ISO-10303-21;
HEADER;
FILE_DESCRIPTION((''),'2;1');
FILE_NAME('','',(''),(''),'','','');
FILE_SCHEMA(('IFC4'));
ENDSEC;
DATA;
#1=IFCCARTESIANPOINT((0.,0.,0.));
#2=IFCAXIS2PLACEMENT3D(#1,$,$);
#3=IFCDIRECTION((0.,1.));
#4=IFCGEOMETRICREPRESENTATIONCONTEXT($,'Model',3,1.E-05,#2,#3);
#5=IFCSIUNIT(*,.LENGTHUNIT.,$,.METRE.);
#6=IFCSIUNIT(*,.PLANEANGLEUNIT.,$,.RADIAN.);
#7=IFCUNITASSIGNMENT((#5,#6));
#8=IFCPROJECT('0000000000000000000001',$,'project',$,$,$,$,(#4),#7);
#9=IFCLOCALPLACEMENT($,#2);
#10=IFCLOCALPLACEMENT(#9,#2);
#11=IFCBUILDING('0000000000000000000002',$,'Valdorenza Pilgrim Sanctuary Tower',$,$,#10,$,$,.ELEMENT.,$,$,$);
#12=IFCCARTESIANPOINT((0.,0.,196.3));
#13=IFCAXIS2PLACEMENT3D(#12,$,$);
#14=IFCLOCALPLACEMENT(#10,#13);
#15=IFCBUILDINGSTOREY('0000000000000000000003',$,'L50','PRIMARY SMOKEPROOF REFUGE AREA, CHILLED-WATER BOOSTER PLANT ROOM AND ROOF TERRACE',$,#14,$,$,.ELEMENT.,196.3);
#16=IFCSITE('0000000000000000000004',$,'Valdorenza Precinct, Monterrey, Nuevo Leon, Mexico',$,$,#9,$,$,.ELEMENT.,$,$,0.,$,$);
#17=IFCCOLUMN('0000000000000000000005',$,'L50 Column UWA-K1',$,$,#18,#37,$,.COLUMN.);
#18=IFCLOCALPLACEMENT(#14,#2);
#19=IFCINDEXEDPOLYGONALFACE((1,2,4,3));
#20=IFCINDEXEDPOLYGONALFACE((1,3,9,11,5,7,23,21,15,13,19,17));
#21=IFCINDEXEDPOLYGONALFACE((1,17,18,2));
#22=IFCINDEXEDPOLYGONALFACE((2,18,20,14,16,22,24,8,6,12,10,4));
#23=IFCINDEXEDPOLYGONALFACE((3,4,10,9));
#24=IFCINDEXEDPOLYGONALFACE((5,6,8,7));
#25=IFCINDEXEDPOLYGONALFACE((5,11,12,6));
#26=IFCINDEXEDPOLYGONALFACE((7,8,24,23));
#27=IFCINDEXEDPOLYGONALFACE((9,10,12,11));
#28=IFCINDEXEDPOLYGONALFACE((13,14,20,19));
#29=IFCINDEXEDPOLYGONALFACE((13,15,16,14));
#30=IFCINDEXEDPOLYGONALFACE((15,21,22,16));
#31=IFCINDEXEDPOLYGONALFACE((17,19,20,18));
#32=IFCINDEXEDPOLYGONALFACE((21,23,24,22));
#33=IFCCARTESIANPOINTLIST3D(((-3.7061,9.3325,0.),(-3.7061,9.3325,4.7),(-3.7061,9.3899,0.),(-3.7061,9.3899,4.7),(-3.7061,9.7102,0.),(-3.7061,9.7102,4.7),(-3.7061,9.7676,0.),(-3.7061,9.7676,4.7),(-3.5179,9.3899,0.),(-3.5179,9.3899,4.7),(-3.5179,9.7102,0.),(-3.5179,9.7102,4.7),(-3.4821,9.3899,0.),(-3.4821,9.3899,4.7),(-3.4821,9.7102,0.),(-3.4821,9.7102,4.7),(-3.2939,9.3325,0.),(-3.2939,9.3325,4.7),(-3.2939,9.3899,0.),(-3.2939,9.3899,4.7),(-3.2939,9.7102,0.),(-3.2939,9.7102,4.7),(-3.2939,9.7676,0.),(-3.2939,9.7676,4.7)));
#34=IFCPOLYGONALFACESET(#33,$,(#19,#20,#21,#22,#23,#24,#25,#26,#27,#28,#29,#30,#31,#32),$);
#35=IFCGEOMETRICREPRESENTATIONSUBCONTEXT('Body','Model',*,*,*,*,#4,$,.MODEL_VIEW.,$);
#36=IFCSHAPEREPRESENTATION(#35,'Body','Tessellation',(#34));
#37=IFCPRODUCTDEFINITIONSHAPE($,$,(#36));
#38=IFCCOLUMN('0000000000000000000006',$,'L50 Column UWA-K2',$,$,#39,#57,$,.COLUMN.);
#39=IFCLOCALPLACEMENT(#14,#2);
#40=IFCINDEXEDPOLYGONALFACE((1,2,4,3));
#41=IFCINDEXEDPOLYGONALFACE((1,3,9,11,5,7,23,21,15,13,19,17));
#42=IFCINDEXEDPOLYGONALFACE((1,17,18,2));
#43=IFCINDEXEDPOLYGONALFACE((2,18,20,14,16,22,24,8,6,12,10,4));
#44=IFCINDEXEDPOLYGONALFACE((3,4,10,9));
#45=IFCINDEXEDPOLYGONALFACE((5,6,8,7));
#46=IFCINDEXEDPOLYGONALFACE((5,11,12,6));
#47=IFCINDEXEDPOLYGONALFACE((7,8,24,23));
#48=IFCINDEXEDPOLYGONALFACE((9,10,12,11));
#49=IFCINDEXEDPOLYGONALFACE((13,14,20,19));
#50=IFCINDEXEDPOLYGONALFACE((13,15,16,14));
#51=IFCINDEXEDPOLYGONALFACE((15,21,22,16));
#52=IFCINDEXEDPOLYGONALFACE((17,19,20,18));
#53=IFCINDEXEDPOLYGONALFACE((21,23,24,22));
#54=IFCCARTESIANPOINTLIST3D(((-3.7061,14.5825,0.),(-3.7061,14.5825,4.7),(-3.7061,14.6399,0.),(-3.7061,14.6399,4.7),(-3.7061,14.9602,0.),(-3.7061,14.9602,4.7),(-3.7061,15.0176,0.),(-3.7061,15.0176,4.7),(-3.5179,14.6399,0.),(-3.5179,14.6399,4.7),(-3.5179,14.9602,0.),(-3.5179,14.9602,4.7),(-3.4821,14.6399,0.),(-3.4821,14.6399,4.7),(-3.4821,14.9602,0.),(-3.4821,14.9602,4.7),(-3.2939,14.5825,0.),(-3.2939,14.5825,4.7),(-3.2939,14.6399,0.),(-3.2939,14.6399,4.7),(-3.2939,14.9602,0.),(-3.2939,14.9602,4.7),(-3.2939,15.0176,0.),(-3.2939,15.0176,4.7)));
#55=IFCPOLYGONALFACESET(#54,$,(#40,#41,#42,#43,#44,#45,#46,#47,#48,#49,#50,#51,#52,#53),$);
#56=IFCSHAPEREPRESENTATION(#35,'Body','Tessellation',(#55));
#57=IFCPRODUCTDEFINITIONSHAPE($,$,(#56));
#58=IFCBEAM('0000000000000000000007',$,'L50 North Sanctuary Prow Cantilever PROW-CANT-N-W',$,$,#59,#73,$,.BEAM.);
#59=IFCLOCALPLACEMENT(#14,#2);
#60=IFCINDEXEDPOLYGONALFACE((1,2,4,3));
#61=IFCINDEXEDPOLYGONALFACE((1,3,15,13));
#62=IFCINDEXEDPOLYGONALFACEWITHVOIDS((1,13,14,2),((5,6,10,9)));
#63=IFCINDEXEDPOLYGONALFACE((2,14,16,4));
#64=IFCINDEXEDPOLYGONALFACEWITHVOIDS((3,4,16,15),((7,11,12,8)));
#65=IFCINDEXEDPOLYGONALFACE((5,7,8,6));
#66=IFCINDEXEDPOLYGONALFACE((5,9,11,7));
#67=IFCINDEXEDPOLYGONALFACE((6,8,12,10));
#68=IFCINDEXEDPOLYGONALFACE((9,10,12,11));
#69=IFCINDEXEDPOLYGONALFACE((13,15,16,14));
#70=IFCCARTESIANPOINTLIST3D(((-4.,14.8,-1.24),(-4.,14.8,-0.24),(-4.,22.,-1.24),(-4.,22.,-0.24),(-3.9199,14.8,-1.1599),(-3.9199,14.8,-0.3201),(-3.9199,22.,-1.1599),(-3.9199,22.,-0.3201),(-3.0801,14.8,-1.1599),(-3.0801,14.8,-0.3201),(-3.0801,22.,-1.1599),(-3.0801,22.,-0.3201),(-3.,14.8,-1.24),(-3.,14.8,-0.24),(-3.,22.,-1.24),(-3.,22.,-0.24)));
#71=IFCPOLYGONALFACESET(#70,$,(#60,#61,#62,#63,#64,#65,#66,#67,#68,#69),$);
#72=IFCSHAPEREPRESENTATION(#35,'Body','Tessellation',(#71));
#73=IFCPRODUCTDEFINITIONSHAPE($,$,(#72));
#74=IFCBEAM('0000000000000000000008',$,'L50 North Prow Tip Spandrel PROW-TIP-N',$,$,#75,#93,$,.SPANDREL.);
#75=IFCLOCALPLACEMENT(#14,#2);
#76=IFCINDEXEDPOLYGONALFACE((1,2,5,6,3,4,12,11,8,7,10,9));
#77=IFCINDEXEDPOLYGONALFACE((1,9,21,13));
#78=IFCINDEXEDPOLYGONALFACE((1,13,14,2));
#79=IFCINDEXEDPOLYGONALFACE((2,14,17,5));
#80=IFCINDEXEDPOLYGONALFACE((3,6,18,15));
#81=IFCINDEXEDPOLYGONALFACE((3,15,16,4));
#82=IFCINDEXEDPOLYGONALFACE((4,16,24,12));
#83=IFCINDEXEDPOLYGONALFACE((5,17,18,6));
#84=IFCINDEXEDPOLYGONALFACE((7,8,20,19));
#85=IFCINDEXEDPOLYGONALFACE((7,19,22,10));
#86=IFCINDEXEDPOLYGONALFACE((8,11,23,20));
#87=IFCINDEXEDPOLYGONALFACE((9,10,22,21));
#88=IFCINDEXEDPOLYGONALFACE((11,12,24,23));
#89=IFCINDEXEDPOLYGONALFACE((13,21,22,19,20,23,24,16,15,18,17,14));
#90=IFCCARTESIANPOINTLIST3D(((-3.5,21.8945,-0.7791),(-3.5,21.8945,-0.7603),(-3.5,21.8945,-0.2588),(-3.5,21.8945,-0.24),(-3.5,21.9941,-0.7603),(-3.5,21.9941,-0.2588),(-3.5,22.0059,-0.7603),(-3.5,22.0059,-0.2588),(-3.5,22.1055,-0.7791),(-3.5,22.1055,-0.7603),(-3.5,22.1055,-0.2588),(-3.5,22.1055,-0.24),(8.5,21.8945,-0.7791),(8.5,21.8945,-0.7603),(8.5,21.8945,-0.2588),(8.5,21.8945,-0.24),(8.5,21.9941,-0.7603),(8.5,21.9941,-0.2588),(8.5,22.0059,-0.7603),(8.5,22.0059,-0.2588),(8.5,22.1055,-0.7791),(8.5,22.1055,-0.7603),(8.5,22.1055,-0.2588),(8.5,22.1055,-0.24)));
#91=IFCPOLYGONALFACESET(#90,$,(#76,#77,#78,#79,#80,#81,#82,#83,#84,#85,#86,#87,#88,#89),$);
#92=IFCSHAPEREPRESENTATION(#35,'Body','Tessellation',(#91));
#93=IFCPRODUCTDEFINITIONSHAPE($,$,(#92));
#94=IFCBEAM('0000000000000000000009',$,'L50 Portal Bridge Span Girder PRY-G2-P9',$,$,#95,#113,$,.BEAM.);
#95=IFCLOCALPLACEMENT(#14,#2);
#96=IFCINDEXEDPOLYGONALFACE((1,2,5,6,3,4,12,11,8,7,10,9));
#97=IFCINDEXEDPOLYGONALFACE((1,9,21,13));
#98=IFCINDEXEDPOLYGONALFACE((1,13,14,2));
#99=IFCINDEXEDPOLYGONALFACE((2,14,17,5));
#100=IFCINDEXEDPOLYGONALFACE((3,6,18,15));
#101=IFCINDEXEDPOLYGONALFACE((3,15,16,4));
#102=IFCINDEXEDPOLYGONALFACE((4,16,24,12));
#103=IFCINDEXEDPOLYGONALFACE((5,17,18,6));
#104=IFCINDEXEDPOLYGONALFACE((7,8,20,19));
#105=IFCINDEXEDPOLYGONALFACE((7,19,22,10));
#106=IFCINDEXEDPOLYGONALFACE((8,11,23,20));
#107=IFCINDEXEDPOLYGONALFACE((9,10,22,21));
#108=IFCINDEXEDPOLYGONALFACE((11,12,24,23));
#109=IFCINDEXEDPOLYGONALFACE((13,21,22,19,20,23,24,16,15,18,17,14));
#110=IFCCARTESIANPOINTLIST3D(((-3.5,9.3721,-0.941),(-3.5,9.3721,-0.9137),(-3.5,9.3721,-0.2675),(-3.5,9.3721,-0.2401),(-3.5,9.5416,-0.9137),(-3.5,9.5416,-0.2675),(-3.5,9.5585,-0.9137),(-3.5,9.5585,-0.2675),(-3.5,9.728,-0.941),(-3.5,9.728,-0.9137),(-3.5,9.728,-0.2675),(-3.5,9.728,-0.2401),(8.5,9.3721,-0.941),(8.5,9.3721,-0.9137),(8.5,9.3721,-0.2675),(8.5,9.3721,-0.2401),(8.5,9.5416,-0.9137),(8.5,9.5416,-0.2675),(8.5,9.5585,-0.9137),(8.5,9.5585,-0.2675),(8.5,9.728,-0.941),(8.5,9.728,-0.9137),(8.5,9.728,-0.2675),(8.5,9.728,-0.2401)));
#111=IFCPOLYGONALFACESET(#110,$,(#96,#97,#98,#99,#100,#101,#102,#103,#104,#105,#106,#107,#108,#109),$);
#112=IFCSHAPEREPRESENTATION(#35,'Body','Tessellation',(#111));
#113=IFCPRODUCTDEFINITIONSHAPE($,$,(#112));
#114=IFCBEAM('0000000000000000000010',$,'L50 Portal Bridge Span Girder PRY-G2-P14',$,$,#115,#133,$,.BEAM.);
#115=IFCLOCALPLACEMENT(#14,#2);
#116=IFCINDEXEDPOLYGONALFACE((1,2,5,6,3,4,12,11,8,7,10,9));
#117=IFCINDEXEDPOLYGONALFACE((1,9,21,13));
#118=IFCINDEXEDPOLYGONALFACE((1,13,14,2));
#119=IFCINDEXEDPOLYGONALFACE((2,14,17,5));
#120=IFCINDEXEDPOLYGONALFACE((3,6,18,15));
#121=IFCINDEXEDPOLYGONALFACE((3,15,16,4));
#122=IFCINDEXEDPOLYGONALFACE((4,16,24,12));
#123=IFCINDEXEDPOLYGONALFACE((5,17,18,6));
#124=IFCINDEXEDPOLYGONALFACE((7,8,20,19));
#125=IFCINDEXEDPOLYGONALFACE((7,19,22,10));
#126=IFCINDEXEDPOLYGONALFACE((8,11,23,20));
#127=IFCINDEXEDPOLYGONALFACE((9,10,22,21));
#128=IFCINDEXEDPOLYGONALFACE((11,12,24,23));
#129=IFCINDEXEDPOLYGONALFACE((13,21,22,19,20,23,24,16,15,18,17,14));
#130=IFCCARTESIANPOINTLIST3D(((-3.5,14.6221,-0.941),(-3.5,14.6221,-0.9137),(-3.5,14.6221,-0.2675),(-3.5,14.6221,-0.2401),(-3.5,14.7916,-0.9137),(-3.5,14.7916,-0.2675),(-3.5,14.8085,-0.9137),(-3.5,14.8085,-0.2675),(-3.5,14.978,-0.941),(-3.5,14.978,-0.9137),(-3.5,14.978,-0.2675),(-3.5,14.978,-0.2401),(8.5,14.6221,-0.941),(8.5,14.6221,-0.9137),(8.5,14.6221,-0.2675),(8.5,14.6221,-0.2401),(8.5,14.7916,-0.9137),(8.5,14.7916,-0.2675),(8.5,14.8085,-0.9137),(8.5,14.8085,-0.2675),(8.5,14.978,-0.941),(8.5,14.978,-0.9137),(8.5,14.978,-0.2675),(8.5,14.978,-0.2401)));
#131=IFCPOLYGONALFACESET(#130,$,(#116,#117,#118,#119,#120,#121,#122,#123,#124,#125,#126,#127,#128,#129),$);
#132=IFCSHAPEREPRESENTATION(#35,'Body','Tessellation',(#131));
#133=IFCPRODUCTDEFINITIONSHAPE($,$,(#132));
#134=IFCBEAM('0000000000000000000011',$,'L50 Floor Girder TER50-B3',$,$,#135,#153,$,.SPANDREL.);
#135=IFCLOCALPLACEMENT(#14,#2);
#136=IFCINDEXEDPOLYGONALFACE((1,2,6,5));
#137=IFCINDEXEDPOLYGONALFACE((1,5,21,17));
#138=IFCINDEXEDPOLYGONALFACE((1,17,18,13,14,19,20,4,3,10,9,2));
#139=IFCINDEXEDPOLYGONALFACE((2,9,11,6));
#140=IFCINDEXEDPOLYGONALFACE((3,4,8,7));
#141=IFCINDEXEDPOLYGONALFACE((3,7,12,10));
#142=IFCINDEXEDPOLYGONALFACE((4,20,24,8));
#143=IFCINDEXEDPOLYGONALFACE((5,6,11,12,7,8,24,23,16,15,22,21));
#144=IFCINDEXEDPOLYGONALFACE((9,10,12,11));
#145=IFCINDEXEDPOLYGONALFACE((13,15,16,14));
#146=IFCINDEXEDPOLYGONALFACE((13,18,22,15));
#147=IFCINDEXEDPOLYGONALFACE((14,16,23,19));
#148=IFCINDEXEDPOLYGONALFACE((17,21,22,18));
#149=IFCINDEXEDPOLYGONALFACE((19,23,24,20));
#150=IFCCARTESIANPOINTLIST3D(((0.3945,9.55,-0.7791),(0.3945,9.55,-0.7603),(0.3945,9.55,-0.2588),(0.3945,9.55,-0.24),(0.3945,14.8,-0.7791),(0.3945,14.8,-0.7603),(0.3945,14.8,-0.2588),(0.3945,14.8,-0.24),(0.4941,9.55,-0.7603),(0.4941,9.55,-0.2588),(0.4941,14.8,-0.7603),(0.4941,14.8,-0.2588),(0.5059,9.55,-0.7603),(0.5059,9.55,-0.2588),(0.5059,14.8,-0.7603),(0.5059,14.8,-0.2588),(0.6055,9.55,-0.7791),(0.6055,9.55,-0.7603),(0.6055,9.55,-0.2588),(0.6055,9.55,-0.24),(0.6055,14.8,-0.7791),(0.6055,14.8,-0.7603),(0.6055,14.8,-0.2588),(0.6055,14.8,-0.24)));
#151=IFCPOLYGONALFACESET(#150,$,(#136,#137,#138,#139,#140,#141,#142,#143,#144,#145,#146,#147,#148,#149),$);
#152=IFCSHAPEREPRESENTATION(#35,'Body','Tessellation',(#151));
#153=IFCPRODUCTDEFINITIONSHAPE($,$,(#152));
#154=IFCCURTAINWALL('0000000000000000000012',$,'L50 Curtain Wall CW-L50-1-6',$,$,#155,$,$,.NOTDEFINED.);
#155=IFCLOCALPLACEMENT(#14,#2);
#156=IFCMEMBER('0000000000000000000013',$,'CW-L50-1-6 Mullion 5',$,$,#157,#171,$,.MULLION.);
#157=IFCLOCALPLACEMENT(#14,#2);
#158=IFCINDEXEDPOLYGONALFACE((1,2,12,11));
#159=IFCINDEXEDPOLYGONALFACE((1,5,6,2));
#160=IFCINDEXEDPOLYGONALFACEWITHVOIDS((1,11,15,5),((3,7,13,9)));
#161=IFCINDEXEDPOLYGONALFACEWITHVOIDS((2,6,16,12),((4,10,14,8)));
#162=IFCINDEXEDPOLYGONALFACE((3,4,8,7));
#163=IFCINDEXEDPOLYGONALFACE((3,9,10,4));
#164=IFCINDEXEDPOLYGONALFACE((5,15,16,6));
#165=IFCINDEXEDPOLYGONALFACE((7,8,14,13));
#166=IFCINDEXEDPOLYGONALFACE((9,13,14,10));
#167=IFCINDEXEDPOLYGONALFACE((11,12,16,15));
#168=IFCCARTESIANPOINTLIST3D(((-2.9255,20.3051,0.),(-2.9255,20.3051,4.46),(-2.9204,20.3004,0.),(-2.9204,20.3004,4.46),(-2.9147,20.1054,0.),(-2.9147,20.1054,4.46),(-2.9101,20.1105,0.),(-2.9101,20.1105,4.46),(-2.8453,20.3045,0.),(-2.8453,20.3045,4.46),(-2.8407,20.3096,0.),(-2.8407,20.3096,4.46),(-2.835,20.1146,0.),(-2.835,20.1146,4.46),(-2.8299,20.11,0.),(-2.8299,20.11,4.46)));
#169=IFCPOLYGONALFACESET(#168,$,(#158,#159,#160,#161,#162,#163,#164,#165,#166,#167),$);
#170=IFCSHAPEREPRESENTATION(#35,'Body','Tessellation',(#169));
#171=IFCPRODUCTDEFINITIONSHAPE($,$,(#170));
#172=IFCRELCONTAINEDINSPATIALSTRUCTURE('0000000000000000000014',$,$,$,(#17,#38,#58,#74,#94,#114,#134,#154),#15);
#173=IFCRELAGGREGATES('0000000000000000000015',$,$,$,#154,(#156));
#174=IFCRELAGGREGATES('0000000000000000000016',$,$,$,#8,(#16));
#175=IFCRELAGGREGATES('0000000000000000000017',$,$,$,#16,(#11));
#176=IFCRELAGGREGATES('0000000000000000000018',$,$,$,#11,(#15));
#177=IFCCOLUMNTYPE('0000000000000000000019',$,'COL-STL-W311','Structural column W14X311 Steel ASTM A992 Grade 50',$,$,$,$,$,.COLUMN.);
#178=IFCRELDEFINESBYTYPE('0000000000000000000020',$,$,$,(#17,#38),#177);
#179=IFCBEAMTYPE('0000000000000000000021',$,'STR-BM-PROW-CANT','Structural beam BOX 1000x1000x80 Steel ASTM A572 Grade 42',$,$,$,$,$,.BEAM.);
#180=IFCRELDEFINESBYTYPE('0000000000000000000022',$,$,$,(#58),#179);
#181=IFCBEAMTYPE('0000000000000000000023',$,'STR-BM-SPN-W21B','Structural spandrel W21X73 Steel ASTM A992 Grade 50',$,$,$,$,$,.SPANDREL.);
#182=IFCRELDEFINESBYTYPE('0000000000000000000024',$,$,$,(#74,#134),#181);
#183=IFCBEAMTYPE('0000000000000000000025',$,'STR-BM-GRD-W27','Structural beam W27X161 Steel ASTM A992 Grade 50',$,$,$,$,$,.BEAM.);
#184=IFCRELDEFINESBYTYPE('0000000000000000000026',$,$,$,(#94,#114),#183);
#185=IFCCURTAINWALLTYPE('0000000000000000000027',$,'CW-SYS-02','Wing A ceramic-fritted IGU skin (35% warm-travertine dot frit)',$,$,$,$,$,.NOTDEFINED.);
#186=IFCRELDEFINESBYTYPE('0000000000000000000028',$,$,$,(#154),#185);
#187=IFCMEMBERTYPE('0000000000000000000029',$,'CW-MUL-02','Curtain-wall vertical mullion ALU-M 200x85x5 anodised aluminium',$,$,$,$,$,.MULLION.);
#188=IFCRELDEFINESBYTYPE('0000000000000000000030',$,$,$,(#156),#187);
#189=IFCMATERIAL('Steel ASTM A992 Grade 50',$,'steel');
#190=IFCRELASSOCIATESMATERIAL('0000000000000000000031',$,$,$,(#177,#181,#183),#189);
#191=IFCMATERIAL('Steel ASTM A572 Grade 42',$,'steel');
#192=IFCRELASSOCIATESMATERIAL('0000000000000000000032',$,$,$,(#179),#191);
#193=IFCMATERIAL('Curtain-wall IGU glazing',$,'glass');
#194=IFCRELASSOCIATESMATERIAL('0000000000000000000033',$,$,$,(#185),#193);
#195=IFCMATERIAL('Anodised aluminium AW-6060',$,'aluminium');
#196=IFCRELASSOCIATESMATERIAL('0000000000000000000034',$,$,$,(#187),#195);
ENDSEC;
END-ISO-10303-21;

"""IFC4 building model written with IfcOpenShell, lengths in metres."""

from ifc_helpers import new_model, si_unit, direction, frame, origin, origin_2d, place, context, subcontext, project, spatial, hollow_rectangle, i_section, extrude, source, transform, mapped, material, material_profile, profile_set, type_object, element, aggregate, save


model = new_model("IFC4")

# Units and contexts
model_context = context("Model", 3, precision=1e-05, world=origin(), true_north=direction((0.0, 1.0)))
body_context = subcontext(model_context, "Body", "Model", "MODEL_VIEW")
ifc_project = project(units=[si_unit("LENGTHUNIT", "METRE"), si_unit("PLANEANGLEUNIT", "RADIAN")], contexts=[model_context])

# Site, building, storey
site_placement = place(None, origin())
site = spatial("IfcSite", under=ifc_project, at=site_placement, Name="Valdorenza Precinct, Monterrey, Nuevo Leon, Mexico", CompositionType="ELEMENT", RefElevation=0.0)
building_placement = place(site_placement, origin())
building = spatial("IfcBuilding", under=site, at=building_placement, Name="Valdorenza Pilgrim Sanctuary Tower", CompositionType="ELEMENT")
storey_placement = place(building_placement, frame((0.0, 0.0, 196.3)))
storey = spatial("IfcBuildingStorey", under=building, at=storey_placement, Name="L50", Description="PRIMARY SMOKEPROOF REFUGE AREA, CHILLED-WATER BOOSTER PLANT ROOM AND ROOF TERRACE", CompositionType="ELEMENT", Elevation=196.3)

# Columns
ifc_material_1 = material(Name="Steel ASTM A992 Grade 50", Category="steel")
ifc_material_profile_1 = material_profile(ifc_material_1, i_section(OverallWidth=0.4121, OverallDepth=0.4351, WebThickness=0.0359, FlangeThickness=0.0574, at=origin_2d()), Name="W14X311")
ifc_profile_set_1 = profile_set([ifc_material_profile_1], Name="Steel ASTM A992 Grade 50")
column_type = type_object("IfcColumnType", Name="COL-STL-W311", Description="Structural column W14X311 Steel ASTM A992 Grade 50", PredefinedType="COLUMN", material=ifc_profile_set_1)
shared_shape_1 = source(origin(), body_context, "Body", "SweptSolid", [
    extrude(i_section(OverallWidth=0.4121, OverallDepth=0.4351, WebThickness=0.0359, FlangeThickness=0.0574, at=origin_2d()), origin(), (0.0, 0.0, 1.0), 4.7),
])
for number, where, z_axis, x_axis, name in (
    (1, (-3.5, 9.55, 0.0), (0.0, 0.0, 1.0), (1.0, 0.0, 0.0), "L50 Column UWA-K1"),
    (2, (-3.5, 14.8, 0.0), (0.0, 0.0, 1.0), (1.0, 0.0, 0.0), "L50 Column UWA-K2"),
):
    element("IfcColumn", number, at=place(storey_placement, frame(where, z_axis=z_axis, x_axis=x_axis)), inside=storey, type_object=column_type, Name=name, PredefinedType="COLUMN", context=body_context, shape_type="MappedRepresentation", body=[
        mapped(shared_shape_1, transform((0.0, 0.0, 0.0), x_axis=(1.0, 0.0, 0.0), y_axis=(0.0, 1.0, 0.0), z_axis=(0.0, 0.0, 1.0), scale=1.0)),
    ])

# Beams
ifc_material_2 = material(Name="Steel ASTM A572 Grade 42", Category="steel")
ifc_material_profile_2 = material_profile(ifc_material_2, hollow_rectangle(XDim=1.0, YDim=1.0, WallThickness=0.0801, at=origin_2d()), Name="BOX 1000x1000x80")
ifc_profile_set_2 = profile_set([ifc_material_profile_2], Name="Steel ASTM A572 Grade 42")
beam_type_1 = type_object("IfcBeamType", Name="STR-BM-PROW-CANT", Description="Structural beam BOX 1000x1000x80 Steel ASTM A572 Grade 42", PredefinedType="BEAM", material=ifc_profile_set_2)
shared_shape_2 = source(origin(), body_context, "Body", "SweptSolid", [
    extrude(hollow_rectangle(XDim=1.0, YDim=1.0, WallThickness=0.0801, at=origin_2d()), origin(), (0.0, 0.0, 1.0), 7.2),
])
beam_1_placement = place(storey_placement, frame((-3.5, 14.8, -0.74), z_axis=(0.0, 1.0, 0.0), x_axis=(-1.0, 0.0, 0.0)))
element("IfcBeam", 3, at=beam_1_placement, inside=storey, type_object=beam_type_1, Name="L50 North Sanctuary Prow Cantilever PROW-CANT-N-W", PredefinedType="BEAM", context=body_context, shape_type="MappedRepresentation", body=[
    mapped(shared_shape_2, transform((0.0, 0.0, 0.0), x_axis=(1.0, 0.0, 0.0), y_axis=(0.0, 1.0, 0.0), z_axis=(0.0, 0.0, 1.0), scale=1.0)),
])
ifc_material_profile_3 = material_profile(ifc_material_1, i_section(OverallWidth=0.2109, OverallDepth=0.5391, WebThickness=0.0117, FlangeThickness=0.0188, at=origin_2d()), Name="W21X73")
ifc_profile_set_3 = profile_set([ifc_material_profile_3], Name="Steel ASTM A992 Grade 50")
beam_type_2 = type_object("IfcBeamType", Name="STR-BM-SPN-W21B", Description="Structural spandrel W21X73 Steel ASTM A992 Grade 50", PredefinedType="SPANDREL", material=ifc_profile_set_3)
shared_shape_3 = source(origin(), body_context, "Body", "SweptSolid", [
    extrude(i_section(OverallWidth=0.2109, OverallDepth=0.5391, WebThickness=0.0117, FlangeThickness=0.0188, at=origin_2d()), origin(), (0.0, 0.0, 1.0), 12.0),
])
beam_2_placement = place(storey_placement, frame((-3.5, 22.0, -0.5095), z_axis=(1.0, 0.0, 0.0), x_axis=(0.0, 1.0, 0.0)))
element("IfcBeam", 4, at=beam_2_placement, inside=storey, type_object=beam_type_2, Name="L50 North Prow Tip Spandrel PROW-TIP-N", PredefinedType="SPANDREL", context=body_context, shape_type="MappedRepresentation", body=[
    mapped(shared_shape_3, transform((0.0, 0.0, 0.0), x_axis=(1.0, 0.0, 0.0), y_axis=(0.0, 1.0, 0.0), z_axis=(0.0, 0.0, 1.0), scale=1.0)),
])
ifc_material_profile_4 = material_profile(ifc_material_1, i_section(OverallWidth=0.356, OverallDepth=0.7009, WebThickness=0.0168, FlangeThickness=0.0273, at=origin_2d()), Name="W27X161")
ifc_profile_set_4 = profile_set([ifc_material_profile_4], Name="Steel ASTM A992 Grade 50")
beam_type_3 = type_object("IfcBeamType", Name="STR-BM-GRD-W27", Description="Structural beam W27X161 Steel ASTM A992 Grade 50", PredefinedType="BEAM", material=ifc_profile_set_4)
shared_shape_4 = source(origin(), body_context, "Body", "SweptSolid", [
    extrude(i_section(OverallWidth=0.356, OverallDepth=0.7009, WebThickness=0.0168, FlangeThickness=0.0273, at=origin_2d()), origin(), (0.0, 0.0, 1.0), 12.0),
])
for number, where, z_axis, x_axis, name in (
    (5, (-3.5, 9.55, -0.5906), (1.0, 0.0, 0.0), (0.0, 1.0, 0.0), "L50 Portal Bridge Span Girder PRY-G2-P9"),
    (6, (-3.5, 14.8, -0.5906), (1.0, 0.0, 0.0), (0.0, 1.0, 0.0), "L50 Portal Bridge Span Girder PRY-G2-P14"),
):
    element("IfcBeam", number, at=place(storey_placement, frame(where, z_axis=z_axis, x_axis=x_axis)), inside=storey, type_object=beam_type_3, Name=name, PredefinedType="BEAM", context=body_context, shape_type="MappedRepresentation", body=[
        mapped(shared_shape_4, transform((0.0, 0.0, 0.0), x_axis=(1.0, 0.0, 0.0), y_axis=(0.0, 1.0, 0.0), z_axis=(0.0, 0.0, 1.0), scale=1.0)),
    ])
shared_shape_5 = source(origin(), body_context, "Body", "SweptSolid", [
    extrude(i_section(OverallWidth=0.2109, OverallDepth=0.5391, WebThickness=0.0117, FlangeThickness=0.0188, at=origin_2d()), origin(), (0.0, 0.0, 1.0), 5.25),
])
beam_3_placement = place(storey_placement, frame((0.5, 9.55, -0.5095), z_axis=(0.0, 1.0, 0.0), x_axis=(-1.0, 0.0, 0.0)))
element("IfcBeam", 7, at=beam_3_placement, inside=storey, type_object=beam_type_2, Name="L50 Floor Girder TER50-B3", PredefinedType="SPANDREL", context=body_context, shape_type="MappedRepresentation", body=[
    mapped(shared_shape_5, transform((0.0, 0.0, 0.0), x_axis=(1.0, 0.0, 0.0), y_axis=(0.0, 1.0, 0.0), z_axis=(0.0, 0.0, 1.0), scale=1.0)),
])

# Curtain wall, member
ifc_material_3 = material(Name="Curtain-wall IGU glazing", Category="glass")
curtain_wall_type = type_object("IfcCurtainWallType", Name="CW-SYS-02", Description="Wing A ceramic-fritted IGU skin (35% warm-travertine dot frit)", PredefinedType="NOTDEFINED", material=ifc_material_3)
curtain_wall_placement = place(storey_placement, origin())
curtain_wall = element("IfcCurtainWall", 8, at=curtain_wall_placement, inside=storey, type_object=curtain_wall_type, Name="L50 Curtain Wall CW-L50-1-6", PredefinedType="NOTDEFINED")
ifc_material_4 = material(Name="Anodised aluminium AW-6060", Category="aluminium")
ifc_material_profile_5 = material_profile(ifc_material_4, hollow_rectangle(XDim=0.085, YDim=0.2, WallThickness=0.0049, at=origin_2d()), Name="ALU-M 200x85x5")
ifc_profile_set_5 = profile_set([ifc_material_profile_5], Name="Anodised aluminium AW-6060")
member_type = type_object("IfcMemberType", Name="CW-MUL-02", Description="Curtain-wall vertical mullion ALU-M 200x85x5 anodised aluminium", PredefinedType="MULLION", material=ifc_profile_set_5)
shared_shape_6 = source(origin(), body_context, "Body", "SweptSolid", [
    extrude(hollow_rectangle(XDim=0.085, YDim=0.2, WallThickness=0.0049, at=origin_2d()), origin(), (0.0, 0.0, 1.0), 4.46),
])
member_placement = place(storey_placement, frame((-2.8777, 20.2075, 0.0), z_axis=(0.0, 0.0, 1.0), x_axis=(0.998547, 0.053887, 0.0)))
member = element("IfcMember", 9, at=member_placement, type_object=member_type, Name="CW-L50-1-6 Mullion 5", PredefinedType="MULLION", context=body_context, shape_type="MappedRepresentation", body=[
    mapped(shared_shape_6, transform((0.0, 0.0, 0.0), x_axis=(1.0, 0.0, 0.0), y_axis=(0.0, 1.0, 0.0), z_axis=(0.0, 0.0, 1.0), scale=1.0)),
])

aggregate(curtain_wall, [member])

save(model, "model.ifc")
